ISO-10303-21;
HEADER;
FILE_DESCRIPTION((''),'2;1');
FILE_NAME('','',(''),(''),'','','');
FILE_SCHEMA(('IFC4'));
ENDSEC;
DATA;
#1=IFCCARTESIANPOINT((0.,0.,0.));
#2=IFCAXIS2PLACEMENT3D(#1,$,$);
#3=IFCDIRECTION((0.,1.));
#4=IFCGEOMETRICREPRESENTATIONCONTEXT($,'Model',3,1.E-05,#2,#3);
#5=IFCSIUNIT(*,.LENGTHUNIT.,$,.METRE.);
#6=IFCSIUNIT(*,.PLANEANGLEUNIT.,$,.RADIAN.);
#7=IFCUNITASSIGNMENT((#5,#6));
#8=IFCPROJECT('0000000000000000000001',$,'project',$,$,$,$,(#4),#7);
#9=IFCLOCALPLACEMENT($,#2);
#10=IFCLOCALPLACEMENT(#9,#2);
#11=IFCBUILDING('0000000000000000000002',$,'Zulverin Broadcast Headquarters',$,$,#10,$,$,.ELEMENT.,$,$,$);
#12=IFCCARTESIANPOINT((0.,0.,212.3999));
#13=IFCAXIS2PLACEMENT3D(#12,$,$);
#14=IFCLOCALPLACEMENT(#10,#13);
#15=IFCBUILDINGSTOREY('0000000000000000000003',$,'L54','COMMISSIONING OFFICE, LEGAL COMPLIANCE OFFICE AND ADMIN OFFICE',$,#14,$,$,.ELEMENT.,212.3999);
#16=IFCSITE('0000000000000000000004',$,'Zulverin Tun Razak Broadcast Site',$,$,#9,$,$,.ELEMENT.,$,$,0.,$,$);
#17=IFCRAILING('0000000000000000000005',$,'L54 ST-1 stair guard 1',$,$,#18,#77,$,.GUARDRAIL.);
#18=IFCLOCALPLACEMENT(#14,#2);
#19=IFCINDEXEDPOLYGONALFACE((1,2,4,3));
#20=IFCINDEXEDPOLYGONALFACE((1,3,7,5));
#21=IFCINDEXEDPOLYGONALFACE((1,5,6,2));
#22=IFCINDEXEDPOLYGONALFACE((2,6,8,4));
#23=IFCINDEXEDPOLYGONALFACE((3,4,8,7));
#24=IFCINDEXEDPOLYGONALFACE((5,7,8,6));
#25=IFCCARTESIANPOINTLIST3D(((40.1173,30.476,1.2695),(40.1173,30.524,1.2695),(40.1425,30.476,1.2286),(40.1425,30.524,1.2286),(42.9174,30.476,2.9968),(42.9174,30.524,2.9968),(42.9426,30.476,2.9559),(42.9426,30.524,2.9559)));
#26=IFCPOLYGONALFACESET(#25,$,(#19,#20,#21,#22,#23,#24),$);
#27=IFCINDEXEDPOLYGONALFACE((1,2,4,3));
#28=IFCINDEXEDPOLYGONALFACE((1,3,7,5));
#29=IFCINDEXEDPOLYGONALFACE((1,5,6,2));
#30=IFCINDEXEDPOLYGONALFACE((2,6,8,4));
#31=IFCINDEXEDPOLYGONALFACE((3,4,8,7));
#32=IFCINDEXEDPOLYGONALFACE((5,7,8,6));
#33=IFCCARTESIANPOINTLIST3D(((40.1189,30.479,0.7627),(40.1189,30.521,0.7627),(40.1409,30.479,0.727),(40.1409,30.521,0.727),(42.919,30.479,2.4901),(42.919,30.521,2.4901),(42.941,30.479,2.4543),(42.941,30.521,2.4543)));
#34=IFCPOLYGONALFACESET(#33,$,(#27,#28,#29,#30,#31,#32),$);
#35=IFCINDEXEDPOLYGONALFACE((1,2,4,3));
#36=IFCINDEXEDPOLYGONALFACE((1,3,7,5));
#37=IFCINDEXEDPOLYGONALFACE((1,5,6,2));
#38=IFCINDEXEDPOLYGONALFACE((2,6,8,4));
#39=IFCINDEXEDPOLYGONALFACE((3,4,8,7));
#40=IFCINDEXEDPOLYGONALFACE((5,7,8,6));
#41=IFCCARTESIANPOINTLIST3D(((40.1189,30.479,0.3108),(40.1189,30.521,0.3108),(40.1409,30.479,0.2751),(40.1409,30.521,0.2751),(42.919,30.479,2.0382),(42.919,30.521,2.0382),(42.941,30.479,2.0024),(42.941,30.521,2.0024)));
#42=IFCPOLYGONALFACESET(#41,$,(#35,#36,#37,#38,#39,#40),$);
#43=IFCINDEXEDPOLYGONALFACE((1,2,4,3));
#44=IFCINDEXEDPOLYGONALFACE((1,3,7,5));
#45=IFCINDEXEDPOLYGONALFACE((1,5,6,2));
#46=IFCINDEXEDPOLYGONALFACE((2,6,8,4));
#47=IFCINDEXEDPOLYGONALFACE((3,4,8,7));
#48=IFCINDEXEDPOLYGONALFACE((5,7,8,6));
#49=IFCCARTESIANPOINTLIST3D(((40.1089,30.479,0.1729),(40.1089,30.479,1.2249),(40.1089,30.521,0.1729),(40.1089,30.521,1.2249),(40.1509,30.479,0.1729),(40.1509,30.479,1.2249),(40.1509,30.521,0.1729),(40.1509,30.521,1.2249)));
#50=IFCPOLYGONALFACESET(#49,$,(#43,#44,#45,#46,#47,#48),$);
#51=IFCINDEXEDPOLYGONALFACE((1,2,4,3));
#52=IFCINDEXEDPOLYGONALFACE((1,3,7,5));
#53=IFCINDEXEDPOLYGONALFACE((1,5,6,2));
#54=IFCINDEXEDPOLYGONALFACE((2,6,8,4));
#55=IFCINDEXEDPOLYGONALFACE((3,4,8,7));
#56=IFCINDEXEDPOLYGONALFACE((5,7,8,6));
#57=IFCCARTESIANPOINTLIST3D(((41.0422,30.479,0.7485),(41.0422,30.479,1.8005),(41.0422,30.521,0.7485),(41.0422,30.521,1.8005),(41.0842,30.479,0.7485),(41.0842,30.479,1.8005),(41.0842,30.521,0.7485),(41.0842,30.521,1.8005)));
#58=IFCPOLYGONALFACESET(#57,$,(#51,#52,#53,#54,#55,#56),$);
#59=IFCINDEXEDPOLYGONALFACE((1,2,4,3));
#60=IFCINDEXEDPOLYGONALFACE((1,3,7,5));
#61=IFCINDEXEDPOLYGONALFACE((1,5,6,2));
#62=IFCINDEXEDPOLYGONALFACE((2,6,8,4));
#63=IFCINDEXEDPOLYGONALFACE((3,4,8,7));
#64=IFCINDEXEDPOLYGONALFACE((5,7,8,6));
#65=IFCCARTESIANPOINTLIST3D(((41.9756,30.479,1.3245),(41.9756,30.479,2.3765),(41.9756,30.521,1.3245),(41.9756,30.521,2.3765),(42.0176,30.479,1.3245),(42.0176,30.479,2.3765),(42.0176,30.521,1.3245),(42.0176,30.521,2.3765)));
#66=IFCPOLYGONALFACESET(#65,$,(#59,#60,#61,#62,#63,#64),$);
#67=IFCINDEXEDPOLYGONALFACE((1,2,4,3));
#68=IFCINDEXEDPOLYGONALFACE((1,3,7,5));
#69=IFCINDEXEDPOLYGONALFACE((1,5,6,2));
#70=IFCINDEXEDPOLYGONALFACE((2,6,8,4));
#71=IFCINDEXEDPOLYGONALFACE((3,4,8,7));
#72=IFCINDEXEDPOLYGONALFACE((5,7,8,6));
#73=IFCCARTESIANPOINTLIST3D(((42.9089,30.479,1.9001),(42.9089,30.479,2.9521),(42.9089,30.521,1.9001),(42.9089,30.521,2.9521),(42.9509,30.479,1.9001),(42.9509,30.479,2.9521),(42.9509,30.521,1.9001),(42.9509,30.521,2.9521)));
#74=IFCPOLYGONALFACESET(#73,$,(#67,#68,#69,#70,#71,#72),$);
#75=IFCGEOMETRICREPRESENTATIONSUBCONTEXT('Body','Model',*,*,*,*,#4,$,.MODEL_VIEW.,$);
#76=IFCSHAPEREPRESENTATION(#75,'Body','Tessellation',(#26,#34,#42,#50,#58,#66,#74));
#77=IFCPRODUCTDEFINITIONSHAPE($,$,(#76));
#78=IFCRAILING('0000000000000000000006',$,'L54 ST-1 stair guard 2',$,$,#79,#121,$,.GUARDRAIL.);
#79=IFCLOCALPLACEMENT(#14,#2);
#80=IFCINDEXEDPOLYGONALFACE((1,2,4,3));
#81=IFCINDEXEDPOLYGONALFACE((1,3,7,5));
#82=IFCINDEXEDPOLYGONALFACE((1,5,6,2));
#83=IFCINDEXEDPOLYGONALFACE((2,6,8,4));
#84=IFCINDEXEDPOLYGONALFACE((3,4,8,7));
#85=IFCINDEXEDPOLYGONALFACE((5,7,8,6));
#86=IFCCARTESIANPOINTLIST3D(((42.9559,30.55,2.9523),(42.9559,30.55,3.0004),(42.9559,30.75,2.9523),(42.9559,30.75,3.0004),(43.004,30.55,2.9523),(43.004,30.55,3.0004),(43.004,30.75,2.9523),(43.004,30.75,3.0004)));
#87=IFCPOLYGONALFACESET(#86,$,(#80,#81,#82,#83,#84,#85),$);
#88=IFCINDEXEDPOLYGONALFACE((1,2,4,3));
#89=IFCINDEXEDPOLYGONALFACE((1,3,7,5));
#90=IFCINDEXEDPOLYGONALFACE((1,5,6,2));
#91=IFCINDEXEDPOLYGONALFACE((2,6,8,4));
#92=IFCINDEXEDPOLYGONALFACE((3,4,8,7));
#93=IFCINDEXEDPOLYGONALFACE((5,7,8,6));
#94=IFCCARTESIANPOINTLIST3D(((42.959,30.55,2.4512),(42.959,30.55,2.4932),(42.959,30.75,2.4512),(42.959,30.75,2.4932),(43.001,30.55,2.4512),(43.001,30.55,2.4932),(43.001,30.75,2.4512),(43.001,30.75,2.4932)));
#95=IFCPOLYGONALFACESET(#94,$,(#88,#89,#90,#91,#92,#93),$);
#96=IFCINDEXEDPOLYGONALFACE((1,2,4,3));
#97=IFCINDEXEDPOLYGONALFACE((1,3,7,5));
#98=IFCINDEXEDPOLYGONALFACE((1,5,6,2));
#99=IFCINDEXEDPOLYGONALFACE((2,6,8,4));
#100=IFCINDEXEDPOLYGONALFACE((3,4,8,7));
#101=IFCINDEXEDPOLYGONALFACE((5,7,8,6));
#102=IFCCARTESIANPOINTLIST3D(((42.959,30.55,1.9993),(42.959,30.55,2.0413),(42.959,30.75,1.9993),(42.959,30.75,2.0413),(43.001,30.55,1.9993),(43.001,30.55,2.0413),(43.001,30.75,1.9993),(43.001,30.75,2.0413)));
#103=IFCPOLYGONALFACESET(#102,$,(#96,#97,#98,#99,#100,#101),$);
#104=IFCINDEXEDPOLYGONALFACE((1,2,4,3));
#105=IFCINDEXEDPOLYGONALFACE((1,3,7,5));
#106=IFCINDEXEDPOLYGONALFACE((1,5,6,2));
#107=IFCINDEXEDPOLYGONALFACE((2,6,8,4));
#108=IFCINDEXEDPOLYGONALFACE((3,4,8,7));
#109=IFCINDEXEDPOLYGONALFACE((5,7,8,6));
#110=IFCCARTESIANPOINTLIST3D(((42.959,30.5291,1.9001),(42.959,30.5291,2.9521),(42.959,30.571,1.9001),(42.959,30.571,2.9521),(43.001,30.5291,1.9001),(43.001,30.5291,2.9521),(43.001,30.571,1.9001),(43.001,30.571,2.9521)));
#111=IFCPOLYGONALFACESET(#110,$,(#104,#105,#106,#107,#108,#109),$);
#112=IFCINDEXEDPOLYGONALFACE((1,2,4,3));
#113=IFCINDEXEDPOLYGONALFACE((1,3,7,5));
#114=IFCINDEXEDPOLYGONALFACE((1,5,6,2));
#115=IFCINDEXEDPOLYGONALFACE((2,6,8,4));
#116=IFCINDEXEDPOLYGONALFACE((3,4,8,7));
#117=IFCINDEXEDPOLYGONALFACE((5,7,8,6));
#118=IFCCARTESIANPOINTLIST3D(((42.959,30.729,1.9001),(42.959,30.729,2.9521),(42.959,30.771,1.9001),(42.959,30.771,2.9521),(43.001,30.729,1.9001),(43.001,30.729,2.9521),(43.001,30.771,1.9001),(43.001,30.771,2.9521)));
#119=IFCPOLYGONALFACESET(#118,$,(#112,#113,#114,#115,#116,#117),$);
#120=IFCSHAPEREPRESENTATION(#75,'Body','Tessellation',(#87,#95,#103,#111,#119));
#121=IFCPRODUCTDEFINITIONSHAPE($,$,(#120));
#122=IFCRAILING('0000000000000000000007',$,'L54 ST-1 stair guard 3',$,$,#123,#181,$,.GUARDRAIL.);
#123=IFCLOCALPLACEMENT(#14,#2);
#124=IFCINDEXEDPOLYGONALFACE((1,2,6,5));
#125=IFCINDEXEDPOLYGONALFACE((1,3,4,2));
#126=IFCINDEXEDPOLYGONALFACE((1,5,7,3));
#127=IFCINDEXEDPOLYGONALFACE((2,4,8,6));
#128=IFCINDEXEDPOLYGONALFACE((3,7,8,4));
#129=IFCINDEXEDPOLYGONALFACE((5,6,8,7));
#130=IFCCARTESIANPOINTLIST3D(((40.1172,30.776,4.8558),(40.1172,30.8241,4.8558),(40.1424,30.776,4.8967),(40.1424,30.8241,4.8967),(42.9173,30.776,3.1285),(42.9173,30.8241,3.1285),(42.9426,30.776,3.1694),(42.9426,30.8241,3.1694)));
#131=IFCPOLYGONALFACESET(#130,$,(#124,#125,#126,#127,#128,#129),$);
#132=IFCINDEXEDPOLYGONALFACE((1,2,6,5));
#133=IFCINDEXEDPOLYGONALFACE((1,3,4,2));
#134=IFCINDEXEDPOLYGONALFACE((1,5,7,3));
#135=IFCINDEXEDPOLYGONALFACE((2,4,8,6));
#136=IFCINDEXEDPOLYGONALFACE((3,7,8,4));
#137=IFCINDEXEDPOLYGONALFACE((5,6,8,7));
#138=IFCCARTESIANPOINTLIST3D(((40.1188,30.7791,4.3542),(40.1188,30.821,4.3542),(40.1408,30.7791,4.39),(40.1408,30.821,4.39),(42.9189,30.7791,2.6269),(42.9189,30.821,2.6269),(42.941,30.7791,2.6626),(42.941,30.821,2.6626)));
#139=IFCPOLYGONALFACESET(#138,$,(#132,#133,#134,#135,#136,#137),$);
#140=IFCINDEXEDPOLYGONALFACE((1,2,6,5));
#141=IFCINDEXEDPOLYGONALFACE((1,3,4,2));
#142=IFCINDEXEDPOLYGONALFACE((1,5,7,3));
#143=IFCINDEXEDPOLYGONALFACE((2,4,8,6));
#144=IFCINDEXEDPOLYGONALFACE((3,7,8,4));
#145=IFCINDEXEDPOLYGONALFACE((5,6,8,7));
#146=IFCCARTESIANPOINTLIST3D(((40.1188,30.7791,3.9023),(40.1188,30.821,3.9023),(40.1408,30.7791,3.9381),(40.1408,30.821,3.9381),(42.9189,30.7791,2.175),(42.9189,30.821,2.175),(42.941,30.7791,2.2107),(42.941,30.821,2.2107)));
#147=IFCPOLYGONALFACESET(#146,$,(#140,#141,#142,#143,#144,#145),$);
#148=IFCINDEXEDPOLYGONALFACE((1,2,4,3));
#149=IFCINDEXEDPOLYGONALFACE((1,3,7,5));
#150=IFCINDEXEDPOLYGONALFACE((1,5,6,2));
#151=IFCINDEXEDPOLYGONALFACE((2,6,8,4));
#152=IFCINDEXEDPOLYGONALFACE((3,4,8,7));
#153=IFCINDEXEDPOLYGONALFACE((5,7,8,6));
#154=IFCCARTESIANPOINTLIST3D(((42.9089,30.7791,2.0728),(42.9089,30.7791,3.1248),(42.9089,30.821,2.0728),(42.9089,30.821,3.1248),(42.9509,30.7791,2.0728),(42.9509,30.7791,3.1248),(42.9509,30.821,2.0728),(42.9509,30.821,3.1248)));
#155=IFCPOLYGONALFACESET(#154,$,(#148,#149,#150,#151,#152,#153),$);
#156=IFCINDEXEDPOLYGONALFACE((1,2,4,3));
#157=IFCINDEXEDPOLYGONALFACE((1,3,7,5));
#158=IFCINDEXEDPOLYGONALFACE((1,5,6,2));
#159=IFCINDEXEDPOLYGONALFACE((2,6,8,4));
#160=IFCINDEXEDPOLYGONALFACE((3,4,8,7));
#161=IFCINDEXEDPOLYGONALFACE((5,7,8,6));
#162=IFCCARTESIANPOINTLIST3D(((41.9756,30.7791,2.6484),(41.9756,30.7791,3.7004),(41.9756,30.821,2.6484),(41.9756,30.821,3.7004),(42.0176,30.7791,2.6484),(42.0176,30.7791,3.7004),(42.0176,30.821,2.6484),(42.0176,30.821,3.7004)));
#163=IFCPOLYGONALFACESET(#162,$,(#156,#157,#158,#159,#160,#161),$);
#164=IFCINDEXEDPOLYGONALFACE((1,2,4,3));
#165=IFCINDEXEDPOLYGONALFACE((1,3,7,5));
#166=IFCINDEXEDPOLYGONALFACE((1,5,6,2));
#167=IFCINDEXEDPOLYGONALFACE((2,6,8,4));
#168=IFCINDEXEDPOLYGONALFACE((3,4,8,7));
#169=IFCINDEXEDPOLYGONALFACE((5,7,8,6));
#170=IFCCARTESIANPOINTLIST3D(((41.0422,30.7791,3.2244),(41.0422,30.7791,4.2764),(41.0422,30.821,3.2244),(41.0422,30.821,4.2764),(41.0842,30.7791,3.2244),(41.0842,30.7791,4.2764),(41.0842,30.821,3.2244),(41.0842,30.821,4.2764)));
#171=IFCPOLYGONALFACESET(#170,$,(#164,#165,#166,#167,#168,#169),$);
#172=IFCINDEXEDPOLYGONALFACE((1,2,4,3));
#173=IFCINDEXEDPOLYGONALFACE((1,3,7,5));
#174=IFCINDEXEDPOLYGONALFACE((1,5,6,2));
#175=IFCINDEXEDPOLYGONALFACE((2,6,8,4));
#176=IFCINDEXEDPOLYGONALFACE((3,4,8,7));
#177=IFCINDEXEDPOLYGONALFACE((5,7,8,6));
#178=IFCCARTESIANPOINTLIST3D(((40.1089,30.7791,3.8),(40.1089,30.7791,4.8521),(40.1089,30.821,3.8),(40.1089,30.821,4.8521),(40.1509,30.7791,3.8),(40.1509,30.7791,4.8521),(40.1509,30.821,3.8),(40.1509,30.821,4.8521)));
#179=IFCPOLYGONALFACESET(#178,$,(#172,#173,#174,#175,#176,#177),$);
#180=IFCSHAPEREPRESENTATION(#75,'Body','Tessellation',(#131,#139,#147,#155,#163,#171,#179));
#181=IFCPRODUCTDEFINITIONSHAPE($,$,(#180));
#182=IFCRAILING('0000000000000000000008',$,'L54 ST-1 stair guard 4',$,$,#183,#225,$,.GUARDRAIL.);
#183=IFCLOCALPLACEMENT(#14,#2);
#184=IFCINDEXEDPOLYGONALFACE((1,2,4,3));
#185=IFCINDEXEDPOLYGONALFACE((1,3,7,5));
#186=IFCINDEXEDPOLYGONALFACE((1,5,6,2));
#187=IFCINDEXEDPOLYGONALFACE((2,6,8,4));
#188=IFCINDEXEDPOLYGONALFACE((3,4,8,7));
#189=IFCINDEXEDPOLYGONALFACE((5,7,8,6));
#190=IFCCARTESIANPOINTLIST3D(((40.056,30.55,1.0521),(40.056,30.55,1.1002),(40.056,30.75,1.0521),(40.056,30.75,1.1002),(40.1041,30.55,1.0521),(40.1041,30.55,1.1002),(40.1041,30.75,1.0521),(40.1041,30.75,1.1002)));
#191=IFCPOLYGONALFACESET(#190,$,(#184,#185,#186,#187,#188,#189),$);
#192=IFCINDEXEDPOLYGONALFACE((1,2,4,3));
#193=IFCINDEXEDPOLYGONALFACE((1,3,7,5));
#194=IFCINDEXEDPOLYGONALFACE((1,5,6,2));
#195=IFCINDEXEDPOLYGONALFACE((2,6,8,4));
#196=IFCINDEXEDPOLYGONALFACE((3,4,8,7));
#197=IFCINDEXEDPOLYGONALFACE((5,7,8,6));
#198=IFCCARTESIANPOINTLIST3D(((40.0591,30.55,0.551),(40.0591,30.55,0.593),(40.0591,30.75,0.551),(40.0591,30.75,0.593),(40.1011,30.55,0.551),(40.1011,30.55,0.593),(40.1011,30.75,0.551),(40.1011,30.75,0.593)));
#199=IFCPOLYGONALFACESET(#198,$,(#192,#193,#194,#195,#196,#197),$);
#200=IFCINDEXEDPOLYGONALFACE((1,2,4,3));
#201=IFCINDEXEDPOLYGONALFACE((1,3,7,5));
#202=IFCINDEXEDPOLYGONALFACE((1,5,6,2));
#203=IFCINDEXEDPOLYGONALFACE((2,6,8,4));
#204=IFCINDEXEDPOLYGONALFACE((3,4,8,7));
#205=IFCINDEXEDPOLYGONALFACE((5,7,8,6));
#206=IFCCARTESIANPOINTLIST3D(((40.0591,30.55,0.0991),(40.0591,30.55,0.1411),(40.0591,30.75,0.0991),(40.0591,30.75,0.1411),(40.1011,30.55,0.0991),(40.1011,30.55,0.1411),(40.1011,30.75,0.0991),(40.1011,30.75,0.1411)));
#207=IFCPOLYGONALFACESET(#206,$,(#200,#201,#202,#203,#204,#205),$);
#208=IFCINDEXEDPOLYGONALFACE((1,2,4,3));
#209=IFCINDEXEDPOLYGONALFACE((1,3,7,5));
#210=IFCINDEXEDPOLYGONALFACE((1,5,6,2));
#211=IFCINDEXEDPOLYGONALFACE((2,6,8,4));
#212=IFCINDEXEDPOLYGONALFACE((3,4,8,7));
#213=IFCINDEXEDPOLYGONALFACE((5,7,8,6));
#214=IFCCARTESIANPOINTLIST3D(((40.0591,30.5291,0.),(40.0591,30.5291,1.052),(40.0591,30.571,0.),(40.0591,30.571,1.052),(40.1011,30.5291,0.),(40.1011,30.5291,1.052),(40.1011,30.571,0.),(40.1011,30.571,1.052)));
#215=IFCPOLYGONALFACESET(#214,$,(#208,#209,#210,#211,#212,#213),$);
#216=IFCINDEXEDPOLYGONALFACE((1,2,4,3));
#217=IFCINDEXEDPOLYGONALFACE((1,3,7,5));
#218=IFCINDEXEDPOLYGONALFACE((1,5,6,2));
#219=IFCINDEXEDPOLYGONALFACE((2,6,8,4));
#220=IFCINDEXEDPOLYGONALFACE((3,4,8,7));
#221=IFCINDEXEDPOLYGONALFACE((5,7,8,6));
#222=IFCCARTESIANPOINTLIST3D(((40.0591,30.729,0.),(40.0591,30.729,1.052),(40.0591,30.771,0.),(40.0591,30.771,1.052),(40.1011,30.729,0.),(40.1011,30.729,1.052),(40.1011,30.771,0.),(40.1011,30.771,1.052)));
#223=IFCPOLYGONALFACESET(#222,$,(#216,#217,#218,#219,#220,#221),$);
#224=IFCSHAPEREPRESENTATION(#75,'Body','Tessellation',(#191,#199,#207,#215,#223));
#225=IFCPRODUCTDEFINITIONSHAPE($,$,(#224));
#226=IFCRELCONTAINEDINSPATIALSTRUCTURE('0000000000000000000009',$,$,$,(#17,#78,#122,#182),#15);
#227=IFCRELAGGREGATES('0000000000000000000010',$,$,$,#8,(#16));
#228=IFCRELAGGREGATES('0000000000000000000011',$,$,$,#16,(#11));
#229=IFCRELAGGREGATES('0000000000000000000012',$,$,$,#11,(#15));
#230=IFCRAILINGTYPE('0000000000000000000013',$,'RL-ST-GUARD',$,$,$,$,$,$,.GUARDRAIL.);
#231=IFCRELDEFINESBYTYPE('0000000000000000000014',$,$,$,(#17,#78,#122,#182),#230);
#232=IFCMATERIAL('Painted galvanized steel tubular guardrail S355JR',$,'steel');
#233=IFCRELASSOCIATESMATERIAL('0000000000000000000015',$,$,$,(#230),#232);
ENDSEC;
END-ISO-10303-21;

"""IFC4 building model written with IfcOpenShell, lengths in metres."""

from ifc_helpers import new_model, si_unit, direction, frame, origin, origin_2d, place, context, subcontext, project, spatial, rectangle, extrude, material, type_object, element, save


model = new_model("IFC4")

# Units and contexts
model_context = context("Model", 3, precision=1e-05, world=origin(), true_north=direction((0.0, 1.0)))
body_context = subcontext(model_context, "Body", "Model", "MODEL_VIEW")
ifc_project = project(units=[si_unit("LENGTHUNIT", "METRE"), si_unit("PLANEANGLEUNIT", "RADIAN")], contexts=[model_context])

# Site, building, storey
site_placement = place(None, origin())
site = spatial("IfcSite", under=ifc_project, at=site_placement, Name="Zulverin Tun Razak Broadcast Site", CompositionType="ELEMENT", RefElevation=0.0)
building_placement = place(site_placement, origin())
building = spatial("IfcBuilding", under=site, at=building_placement, Name="Zulverin Broadcast Headquarters", CompositionType="ELEMENT")
storey_placement = place(building_placement, frame((0.0, 0.0, 212.3999)))
storey = spatial("IfcBuildingStorey", under=building, at=storey_placement, Name="L54", Description="COMMISSIONING OFFICE, LEGAL COMPLIANCE OFFICE AND ADMIN OFFICE", CompositionType="ELEMENT", Elevation=212.3999)

# Railings
ifc_material_1 = material(Name="Painted galvanized steel tubular guardrail S355JR", Category="steel")
railing_type_1 = type_object("IfcRailingType", Name="RL-ST-GUARD", PredefinedType="GUARDRAIL", material=ifc_material_1)
railing_1_placement = place(storey_placement, frame((40.1299, 30.5, 0.1729)))
element("IfcRailing", 1, at=railing_1_placement, inside=storey, type_object=railing_type_1, Name="L54 ST-1 stair guard 1", PredefinedType="GUARDRAIL", context=body_context, shape_type="SweptSolid", body=[
    extrude(rectangle(XDim=0.0481, YDim=0.0481, at=origin_2d()), frame((0.0, 0.0, 1.0762), z_axis=(0.85109, 0.0, 0.52502), x_axis=(0.0, 1.0, 0.0)), (0.0, 0.0, 1.0), 3.29),
    extrude(rectangle(XDim=0.042, YDim=0.042, at=origin_2d()), frame((0.0, 0.0, 0.572), z_axis=(0.85109, 0.0, 0.52502), x_axis=(0.0, 1.0, 0.0)), (0.0, 0.0, 1.0), 3.29),
    extrude(rectangle(XDim=0.042, YDim=0.042, at=origin_2d()), frame((0.0, 0.0, 0.1201), z_axis=(0.85109, 0.0, 0.52502), x_axis=(0.0, 1.0, 0.0)), (0.0, 0.0, 1.0), 3.29),
    extrude(rectangle(XDim=0.042, YDim=0.042, at=origin_2d()), origin(), (0.0, 0.0, 1.0), 1.052),
    extrude(rectangle(XDim=0.042, YDim=0.042, at=origin_2d()), frame((0.9333, 0.0, 0.5757)), (0.0, 0.0, 1.0), 1.052),
    extrude(rectangle(XDim=0.042, YDim=0.042, at=origin_2d()), frame((1.8667, 0.0, 1.1516)), (0.0, 0.0, 1.0), 1.052),
    extrude(rectangle(XDim=0.042, YDim=0.042, at=origin_2d()), frame((2.8, 0.0, 1.7273)), (0.0, 0.0, 1.0), 1.052),
])
railing_2_placement = place(storey_placement, frame((42.98, 30.55, 1.9001)))
element("IfcRailing", 2, at=railing_2_placement, inside=storey, type_object=railing_type_1, Name="L54 ST-1 stair guard 2", PredefinedType="GUARDRAIL", context=body_context, shape_type="SweptSolid", body=[
    extrude(rectangle(XDim=0.0481, YDim=0.0481, at=origin_2d()), frame((0.0, 0.0, 1.0762), z_axis=(0.0, 1.0, 0.0), x_axis=(-1.0, 0.0, 0.0)), (0.0, 0.0, 1.0), 0.2),
    extrude(rectangle(XDim=0.042, YDim=0.042, at=origin_2d()), frame((0.0, 0.0, 0.572), z_axis=(0.0, 1.0, 0.0), x_axis=(-1.0, 0.0, 0.0)), (0.0, 0.0, 1.0), 0.2),
    extrude(rectangle(XDim=0.042, YDim=0.042, at=origin_2d()), frame((0.0, 0.0, 0.1201), z_axis=(0.0, 1.0, 0.0), x_axis=(-1.0, 0.0, 0.0)), (0.0, 0.0, 1.0), 0.2),
    extrude(rectangle(XDim=0.042, YDim=0.042, at=origin_2d()), origin(), (0.0, 0.0, 1.0), 1.052),
    extrude(rectangle(XDim=0.042, YDim=0.042, at=origin_2d()), frame((0.0, 0.2, 0.0)), (0.0, 0.0, 1.0), 1.052),
])
railing_3_placement = place(storey_placement, frame((42.9299, 30.8, 2.0728)))
element("IfcRailing", 3, at=railing_3_placement, inside=storey, type_object=railing_type_1, Name="L54 ST-1 stair guard 3", PredefinedType="GUARDRAIL", context=body_context, shape_type="SweptSolid", body=[
    extrude(rectangle(XDim=0.0481, YDim=0.0481, at=origin_2d()), frame((0.0, 0.0, 1.0762), z_axis=(-0.85109, 0.0, 0.52502), x_axis=(0.0, -1.0, 0.0)), (0.0, 0.0, 1.0), 3.29),
    extrude(rectangle(XDim=0.042, YDim=0.042, at=origin_2d()), frame((0.0, 0.0, 0.572), z_axis=(-0.85109, 0.0, 0.52502), x_axis=(0.0, -1.0, 0.0)), (0.0, 0.0, 1.0), 3.29),
    extrude(rectangle(XDim=0.042, YDim=0.042, at=origin_2d()), frame((0.0, 0.0, 0.1201), z_axis=(-0.85109, 0.0, 0.52502), x_axis=(0.0, -1.0, 0.0)), (0.0, 0.0, 1.0), 3.29),
    extrude(rectangle(XDim=0.042, YDim=0.042, at=origin_2d()), origin(), (0.0, 0.0, 1.0), 1.052),
    extrude(rectangle(XDim=0.042, YDim=0.042, at=origin_2d()), frame((-0.9333, 0.0, 0.5757)), (0.0, 0.0, 1.0), 1.052),
    extrude(rectangle(XDim=0.042, YDim=0.042, at=origin_2d()), frame((-1.8667, 0.0, 1.1516)), (0.0, 0.0, 1.0), 1.052),
    extrude(rectangle(XDim=0.042, YDim=0.042, at=origin_2d()), frame((-2.8, 0.0, 1.7273)), (0.0, 0.0, 1.0), 1.052),
])
railing_4_placement = place(storey_placement, frame((40.0801, 30.55, 0.0)))
element("IfcRailing", 4, at=railing_4_placement, inside=storey, type_object=railing_type_1, Name="L54 ST-1 stair guard 4", PredefinedType="GUARDRAIL", context=body_context, shape_type="SweptSolid", body=[
    extrude(rectangle(XDim=0.0481, YDim=0.0481, at=origin_2d()), frame((0.0, 0.0, 1.0762), z_axis=(0.0, 1.0, 0.0), x_axis=(-1.0, 0.0, 0.0)), (0.0, 0.0, 1.0), 0.2),
    extrude(rectangle(XDim=0.042, YDim=0.042, at=origin_2d()), frame((0.0, 0.0, 0.572), z_axis=(0.0, 1.0, 0.0), x_axis=(-1.0, 0.0, 0.0)), (0.0, 0.0, 1.0), 0.2),
    extrude(rectangle(XDim=0.042, YDim=0.042, at=origin_2d()), frame((0.0, 0.0, 0.1201), z_axis=(0.0, 1.0, 0.0), x_axis=(-1.0, 0.0, 0.0)), (0.0, 0.0, 1.0), 0.2),
    extrude(rectangle(XDim=0.042, YDim=0.042, at=origin_2d()), origin(), (0.0, 0.0, 1.0), 1.052),
    extrude(rectangle(XDim=0.042, YDim=0.042, at=origin_2d()), frame((0.0, 0.2, 0.0)), (0.0, 0.0, 1.0), 1.052),
])

save(model, "model.ifc")
